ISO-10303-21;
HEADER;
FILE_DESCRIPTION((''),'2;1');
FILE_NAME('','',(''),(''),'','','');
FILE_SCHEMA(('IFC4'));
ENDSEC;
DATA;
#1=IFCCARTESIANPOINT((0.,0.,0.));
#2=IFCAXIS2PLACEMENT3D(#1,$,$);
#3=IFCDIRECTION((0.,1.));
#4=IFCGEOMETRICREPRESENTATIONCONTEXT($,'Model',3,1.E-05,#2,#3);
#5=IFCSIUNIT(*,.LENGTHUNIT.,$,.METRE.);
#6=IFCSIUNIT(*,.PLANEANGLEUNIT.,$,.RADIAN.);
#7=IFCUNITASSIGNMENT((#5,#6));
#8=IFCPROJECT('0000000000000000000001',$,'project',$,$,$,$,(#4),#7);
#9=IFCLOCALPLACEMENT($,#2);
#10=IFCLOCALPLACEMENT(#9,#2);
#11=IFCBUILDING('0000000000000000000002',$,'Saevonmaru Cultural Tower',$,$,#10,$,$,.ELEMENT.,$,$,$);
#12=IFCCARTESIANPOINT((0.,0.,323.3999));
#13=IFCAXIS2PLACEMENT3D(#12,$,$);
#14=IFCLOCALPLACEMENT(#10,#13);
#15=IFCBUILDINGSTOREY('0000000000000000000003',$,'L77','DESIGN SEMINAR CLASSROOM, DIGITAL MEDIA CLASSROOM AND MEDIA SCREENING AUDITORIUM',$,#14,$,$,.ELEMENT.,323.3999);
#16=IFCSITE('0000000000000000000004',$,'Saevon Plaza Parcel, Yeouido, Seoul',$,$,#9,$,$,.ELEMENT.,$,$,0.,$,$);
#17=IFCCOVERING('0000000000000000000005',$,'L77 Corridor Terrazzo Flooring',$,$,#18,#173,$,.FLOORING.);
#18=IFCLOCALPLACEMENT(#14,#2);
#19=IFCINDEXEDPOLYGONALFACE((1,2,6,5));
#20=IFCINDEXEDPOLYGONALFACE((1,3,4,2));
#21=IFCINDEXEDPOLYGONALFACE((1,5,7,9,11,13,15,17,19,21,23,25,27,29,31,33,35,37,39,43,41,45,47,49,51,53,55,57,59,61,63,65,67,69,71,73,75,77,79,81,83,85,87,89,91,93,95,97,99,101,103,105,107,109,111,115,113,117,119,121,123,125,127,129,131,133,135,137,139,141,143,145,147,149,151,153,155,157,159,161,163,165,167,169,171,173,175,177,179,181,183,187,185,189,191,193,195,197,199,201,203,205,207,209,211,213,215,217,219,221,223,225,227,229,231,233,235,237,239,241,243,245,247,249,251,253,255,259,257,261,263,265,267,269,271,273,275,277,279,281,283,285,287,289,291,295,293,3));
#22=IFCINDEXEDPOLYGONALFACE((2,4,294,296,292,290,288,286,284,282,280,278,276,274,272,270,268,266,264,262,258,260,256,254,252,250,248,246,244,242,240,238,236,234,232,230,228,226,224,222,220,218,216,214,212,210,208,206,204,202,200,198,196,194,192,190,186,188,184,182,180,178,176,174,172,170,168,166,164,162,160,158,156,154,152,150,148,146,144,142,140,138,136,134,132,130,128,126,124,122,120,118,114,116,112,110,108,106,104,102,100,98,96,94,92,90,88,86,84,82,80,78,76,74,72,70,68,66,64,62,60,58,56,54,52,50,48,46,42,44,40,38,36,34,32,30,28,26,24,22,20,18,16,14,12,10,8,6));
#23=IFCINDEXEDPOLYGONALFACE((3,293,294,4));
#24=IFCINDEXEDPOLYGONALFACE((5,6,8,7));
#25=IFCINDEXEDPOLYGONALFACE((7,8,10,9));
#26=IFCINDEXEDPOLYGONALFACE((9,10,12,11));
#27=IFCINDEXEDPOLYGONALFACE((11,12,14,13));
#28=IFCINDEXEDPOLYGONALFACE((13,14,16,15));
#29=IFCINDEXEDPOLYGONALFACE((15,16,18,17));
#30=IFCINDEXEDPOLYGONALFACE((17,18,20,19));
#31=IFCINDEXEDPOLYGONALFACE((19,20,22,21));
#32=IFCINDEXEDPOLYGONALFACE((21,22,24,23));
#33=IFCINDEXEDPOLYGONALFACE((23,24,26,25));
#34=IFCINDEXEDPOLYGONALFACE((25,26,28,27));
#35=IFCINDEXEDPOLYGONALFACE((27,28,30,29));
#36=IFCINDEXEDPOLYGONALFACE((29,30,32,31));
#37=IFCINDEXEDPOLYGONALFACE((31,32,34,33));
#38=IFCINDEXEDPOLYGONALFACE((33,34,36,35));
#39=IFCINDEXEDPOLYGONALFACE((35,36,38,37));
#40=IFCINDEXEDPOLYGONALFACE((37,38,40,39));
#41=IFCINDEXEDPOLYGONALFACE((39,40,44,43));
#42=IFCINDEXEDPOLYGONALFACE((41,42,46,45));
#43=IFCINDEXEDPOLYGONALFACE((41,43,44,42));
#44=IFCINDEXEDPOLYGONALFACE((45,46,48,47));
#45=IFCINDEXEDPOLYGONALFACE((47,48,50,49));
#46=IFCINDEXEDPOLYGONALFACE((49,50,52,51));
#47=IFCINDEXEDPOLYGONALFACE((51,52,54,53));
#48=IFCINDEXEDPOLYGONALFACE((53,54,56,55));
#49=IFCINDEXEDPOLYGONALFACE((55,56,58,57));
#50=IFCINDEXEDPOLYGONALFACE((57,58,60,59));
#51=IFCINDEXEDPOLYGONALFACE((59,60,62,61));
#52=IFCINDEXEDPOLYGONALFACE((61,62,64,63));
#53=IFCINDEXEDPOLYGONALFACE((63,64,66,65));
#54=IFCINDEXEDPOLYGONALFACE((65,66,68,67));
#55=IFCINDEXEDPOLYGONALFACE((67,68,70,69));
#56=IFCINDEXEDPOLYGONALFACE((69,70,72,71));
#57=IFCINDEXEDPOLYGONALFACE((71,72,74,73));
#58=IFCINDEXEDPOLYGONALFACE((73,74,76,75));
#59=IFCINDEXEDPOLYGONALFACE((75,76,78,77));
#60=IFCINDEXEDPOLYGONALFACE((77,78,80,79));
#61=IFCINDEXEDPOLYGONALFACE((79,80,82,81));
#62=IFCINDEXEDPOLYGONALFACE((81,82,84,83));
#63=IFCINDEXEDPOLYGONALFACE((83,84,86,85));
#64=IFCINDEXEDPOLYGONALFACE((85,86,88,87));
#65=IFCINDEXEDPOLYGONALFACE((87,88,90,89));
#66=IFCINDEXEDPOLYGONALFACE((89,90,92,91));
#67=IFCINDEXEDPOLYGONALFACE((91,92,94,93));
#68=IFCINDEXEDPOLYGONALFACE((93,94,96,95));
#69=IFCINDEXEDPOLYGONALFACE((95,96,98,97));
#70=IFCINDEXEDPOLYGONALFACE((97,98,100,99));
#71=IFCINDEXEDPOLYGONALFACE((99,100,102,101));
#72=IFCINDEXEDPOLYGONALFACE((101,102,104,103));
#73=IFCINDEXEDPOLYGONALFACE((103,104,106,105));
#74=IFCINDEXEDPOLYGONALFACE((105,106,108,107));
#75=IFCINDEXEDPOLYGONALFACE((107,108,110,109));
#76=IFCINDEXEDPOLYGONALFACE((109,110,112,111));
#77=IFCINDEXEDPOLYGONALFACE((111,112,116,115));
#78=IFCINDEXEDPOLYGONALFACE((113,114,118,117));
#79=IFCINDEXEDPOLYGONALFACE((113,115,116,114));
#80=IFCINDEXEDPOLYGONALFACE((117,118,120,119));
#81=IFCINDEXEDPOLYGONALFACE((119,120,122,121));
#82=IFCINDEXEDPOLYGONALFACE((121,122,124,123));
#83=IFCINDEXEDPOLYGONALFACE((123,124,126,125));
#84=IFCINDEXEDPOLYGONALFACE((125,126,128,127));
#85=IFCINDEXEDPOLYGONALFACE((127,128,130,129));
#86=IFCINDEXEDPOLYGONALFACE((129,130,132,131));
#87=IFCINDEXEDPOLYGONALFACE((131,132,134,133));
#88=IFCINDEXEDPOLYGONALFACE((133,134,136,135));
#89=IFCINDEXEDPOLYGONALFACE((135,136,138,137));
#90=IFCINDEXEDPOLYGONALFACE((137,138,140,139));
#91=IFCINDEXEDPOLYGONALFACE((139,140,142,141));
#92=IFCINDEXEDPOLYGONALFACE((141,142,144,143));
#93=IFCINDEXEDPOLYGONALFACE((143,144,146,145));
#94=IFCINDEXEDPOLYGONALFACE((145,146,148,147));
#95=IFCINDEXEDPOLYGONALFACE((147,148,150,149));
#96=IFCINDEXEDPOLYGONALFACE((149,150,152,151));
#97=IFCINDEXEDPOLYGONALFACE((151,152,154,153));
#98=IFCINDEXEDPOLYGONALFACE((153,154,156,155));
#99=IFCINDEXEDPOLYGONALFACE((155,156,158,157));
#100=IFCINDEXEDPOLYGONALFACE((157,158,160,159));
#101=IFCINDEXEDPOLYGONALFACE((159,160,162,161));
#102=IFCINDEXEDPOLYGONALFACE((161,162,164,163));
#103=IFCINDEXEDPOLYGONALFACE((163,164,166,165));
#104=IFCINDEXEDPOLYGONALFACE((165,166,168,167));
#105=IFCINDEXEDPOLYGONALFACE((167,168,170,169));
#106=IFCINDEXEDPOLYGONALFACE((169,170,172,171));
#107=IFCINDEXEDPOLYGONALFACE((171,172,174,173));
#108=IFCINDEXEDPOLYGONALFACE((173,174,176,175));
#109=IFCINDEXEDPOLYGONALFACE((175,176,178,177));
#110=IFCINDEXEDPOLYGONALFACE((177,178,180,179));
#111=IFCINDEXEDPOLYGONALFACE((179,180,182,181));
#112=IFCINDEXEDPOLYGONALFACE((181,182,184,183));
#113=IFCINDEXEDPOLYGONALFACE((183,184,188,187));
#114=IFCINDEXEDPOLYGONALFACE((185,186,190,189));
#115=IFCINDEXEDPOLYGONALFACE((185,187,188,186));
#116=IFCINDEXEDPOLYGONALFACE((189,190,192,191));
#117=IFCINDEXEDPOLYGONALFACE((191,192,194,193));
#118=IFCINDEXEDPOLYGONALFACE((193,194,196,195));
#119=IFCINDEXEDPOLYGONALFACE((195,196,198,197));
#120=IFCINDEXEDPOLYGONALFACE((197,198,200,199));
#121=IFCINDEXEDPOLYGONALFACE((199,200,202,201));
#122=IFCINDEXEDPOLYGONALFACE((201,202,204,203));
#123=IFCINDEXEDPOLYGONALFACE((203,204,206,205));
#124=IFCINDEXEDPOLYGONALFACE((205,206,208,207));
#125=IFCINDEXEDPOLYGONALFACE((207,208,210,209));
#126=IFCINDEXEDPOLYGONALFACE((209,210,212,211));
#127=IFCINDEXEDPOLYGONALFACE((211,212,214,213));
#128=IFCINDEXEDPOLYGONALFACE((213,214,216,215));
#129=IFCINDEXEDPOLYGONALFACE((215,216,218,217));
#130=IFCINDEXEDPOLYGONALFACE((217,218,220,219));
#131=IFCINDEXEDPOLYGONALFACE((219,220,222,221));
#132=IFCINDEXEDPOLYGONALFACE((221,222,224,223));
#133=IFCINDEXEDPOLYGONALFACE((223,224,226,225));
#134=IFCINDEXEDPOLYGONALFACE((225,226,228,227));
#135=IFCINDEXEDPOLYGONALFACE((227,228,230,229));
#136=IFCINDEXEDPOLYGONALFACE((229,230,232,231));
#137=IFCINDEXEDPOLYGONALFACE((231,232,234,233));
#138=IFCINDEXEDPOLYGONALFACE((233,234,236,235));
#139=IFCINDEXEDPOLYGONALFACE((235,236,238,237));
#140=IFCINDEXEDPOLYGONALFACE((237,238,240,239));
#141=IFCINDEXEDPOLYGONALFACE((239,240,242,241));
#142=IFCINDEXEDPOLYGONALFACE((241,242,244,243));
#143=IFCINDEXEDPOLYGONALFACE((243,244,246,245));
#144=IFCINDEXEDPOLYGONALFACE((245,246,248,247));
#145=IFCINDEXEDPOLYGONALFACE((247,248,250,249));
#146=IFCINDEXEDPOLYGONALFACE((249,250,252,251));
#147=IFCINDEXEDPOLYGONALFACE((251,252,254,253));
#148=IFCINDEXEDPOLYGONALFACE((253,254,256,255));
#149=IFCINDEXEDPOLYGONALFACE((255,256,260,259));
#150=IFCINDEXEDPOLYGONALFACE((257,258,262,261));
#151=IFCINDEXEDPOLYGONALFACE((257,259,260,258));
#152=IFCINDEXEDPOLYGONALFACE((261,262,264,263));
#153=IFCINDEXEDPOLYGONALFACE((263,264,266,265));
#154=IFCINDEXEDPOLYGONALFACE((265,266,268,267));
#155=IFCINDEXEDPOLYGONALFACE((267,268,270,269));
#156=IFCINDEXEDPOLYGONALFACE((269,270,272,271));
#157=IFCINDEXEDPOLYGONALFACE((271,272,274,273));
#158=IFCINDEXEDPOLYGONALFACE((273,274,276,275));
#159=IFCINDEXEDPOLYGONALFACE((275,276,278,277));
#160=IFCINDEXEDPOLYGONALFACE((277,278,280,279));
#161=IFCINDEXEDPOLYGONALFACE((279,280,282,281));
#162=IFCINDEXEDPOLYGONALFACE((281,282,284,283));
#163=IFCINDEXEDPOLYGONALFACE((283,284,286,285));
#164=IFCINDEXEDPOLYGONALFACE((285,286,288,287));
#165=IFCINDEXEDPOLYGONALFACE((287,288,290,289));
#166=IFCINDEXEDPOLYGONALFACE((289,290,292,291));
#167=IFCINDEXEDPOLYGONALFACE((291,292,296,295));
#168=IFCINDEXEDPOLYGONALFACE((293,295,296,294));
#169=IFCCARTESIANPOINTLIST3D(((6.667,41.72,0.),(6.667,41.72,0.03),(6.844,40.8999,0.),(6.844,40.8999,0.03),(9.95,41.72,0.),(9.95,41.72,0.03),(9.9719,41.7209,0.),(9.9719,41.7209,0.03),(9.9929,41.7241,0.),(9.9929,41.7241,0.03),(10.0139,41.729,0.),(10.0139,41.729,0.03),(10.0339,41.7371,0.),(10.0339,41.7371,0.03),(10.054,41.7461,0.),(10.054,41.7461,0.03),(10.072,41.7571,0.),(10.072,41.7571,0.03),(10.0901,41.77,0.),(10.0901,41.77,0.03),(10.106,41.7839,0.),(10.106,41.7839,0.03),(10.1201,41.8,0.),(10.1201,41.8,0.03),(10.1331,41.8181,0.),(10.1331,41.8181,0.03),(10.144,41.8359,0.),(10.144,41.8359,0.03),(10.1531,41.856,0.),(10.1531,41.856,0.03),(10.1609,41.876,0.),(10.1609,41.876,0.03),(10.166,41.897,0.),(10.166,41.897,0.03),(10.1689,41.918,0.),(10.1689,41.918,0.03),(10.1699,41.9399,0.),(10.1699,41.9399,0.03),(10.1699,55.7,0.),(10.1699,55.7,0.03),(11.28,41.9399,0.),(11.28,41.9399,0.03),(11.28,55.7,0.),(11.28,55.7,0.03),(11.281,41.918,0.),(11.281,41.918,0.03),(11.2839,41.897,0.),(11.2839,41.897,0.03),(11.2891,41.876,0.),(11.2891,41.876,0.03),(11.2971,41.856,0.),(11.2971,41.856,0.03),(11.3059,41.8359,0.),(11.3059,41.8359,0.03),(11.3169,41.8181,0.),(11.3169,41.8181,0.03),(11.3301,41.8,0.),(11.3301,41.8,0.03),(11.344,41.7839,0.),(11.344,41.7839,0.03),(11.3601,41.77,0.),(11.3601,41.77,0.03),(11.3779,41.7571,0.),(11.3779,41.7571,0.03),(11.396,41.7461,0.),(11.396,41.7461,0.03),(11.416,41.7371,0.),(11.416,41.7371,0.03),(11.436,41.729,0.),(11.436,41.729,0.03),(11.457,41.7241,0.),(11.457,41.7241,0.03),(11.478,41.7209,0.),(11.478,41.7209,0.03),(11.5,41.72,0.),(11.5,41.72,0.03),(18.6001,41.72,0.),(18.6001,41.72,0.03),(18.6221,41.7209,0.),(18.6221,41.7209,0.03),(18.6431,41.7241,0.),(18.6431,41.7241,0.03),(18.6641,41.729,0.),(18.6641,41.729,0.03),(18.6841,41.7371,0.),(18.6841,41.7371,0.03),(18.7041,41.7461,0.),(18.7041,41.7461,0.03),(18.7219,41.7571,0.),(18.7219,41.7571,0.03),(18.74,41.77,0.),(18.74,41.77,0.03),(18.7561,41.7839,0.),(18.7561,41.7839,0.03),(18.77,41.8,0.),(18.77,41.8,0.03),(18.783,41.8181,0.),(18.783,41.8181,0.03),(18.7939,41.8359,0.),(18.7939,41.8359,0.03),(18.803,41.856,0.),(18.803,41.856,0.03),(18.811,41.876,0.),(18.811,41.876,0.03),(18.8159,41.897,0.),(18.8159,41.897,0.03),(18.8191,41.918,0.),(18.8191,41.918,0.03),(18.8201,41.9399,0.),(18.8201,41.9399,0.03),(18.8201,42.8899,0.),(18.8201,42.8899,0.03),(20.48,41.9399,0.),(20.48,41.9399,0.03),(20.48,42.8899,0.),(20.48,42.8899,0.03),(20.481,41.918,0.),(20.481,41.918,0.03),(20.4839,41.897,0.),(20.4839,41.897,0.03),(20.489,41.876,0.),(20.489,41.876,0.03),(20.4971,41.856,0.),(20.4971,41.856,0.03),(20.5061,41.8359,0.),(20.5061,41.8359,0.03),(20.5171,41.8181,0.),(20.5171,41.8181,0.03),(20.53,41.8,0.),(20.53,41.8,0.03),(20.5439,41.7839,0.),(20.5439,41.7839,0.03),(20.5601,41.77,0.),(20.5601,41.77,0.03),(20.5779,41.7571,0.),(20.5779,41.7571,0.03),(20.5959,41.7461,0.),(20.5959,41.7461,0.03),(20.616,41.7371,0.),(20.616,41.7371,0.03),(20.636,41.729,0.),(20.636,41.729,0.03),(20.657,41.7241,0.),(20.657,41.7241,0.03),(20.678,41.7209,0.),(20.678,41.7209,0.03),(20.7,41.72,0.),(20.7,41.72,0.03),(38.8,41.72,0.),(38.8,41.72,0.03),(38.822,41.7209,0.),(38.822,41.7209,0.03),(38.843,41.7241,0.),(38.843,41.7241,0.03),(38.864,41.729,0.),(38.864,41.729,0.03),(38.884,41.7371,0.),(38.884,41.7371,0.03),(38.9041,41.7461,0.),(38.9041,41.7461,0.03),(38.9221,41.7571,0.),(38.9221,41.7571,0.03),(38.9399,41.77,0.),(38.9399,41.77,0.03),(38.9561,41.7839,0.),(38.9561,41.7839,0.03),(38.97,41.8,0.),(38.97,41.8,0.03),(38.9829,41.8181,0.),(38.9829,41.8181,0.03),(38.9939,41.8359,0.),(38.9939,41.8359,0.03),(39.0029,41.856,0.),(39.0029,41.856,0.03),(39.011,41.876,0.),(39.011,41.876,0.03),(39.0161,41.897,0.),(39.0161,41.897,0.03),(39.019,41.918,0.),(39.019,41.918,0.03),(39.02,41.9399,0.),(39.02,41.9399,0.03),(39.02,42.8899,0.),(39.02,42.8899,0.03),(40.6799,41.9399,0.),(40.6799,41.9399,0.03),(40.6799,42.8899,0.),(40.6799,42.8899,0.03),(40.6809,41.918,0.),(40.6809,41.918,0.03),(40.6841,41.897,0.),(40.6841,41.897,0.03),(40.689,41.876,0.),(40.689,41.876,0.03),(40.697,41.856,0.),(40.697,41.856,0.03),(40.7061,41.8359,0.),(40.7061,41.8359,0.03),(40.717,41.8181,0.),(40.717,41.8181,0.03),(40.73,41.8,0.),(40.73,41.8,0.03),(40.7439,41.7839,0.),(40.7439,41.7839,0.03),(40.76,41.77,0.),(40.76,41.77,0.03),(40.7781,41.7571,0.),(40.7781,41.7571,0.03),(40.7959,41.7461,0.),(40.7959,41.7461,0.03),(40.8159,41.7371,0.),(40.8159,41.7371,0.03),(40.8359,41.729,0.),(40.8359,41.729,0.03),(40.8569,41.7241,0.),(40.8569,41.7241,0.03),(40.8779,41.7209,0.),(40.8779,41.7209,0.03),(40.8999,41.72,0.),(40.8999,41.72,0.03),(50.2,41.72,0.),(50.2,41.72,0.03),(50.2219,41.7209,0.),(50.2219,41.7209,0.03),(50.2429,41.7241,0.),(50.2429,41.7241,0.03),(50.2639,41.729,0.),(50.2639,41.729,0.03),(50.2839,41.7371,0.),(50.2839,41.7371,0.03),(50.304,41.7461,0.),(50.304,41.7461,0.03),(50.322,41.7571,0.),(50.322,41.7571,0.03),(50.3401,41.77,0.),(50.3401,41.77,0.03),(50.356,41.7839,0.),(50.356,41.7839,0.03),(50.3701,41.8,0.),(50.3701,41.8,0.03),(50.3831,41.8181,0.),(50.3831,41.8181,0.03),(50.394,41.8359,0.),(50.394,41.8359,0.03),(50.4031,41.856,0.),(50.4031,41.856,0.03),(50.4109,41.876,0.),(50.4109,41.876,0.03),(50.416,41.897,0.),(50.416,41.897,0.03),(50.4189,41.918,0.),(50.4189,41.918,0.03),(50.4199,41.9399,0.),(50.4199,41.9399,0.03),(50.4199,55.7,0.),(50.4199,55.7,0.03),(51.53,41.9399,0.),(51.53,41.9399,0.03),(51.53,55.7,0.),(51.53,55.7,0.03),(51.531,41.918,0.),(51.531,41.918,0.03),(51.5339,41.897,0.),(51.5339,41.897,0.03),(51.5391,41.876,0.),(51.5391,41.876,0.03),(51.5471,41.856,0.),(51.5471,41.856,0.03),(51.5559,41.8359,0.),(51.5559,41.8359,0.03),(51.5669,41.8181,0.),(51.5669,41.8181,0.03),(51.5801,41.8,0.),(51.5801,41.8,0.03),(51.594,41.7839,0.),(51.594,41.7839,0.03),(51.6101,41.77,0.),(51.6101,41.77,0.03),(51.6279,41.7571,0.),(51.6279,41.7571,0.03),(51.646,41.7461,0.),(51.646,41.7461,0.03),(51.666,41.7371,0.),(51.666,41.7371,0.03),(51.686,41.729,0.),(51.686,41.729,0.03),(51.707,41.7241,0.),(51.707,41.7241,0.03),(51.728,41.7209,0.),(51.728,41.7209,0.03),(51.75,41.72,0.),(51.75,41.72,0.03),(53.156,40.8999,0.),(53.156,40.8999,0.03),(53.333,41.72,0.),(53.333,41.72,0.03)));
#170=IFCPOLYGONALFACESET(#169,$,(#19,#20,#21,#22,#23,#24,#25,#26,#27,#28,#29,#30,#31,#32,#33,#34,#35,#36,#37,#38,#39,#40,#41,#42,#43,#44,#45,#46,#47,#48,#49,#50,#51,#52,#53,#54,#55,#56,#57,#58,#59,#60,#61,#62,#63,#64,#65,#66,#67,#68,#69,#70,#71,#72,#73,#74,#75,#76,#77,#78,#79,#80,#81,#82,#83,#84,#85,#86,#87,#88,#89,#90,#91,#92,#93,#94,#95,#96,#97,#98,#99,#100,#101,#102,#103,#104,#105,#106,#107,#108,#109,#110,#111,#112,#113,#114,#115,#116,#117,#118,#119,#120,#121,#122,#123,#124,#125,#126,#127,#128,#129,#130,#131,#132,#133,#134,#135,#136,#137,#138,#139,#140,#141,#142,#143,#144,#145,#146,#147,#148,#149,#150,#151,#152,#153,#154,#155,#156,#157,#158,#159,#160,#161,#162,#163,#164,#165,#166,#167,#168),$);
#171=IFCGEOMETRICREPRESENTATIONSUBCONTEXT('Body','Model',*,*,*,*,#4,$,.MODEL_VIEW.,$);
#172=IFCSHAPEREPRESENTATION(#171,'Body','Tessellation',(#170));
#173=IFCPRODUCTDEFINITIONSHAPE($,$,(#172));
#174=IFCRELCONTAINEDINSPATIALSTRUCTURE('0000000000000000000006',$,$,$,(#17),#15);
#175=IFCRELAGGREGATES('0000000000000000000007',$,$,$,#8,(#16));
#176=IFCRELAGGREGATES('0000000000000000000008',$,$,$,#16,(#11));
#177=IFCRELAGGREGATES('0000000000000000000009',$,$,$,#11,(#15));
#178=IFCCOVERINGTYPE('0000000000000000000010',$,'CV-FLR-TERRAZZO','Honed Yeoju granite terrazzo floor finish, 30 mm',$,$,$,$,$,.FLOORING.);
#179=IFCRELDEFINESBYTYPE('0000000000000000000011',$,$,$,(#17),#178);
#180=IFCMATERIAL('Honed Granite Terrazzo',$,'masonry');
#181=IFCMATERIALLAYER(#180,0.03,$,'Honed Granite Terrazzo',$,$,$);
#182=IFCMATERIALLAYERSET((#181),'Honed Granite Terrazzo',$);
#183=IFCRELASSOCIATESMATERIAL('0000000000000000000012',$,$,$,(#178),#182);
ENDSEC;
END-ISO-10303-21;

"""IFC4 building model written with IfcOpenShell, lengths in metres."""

from ifc_helpers import new_model, si_unit, direction, frame, origin, place, context, subcontext, project, spatial, polyline, outline, extrude, material, layer, layer_set, type_object, element, save


model = new_model("IFC4")

# Units and contexts
model_context = context("Model", 3, precision=1e-05, world=origin(), true_north=direction((0.0, 1.0)))
body_context = subcontext(model_context, "Body", "Model", "MODEL_VIEW")
ifc_project = project(units=[si_unit("LENGTHUNIT", "METRE"), si_unit("PLANEANGLEUNIT", "RADIAN")], contexts=[model_context])

# Site, building, storey
site_placement = place(None, origin())
site = spatial("IfcSite", under=ifc_project, at=site_placement, Name="Saevon Plaza Parcel, Yeouido, Seoul", CompositionType="ELEMENT", RefElevation=0.0)
building_placement = place(site_placement, origin())
building = spatial("IfcBuilding", under=site, at=building_placement, Name="Saevonmaru Cultural Tower", CompositionType="ELEMENT")
storey_placement = place(building_placement, frame((0.0, 0.0, 323.3999)))
storey = spatial("IfcBuildingStorey", under=building, at=storey_placement, Name="L77", Description="DESIGN SEMINAR CLASSROOM, DIGITAL MEDIA CLASSROOM AND MEDIA SCREENING AUDITORIUM", CompositionType="ELEMENT", Elevation=323.3999)

# Covering
ifc_material_1 = material(Name="Honed Granite Terrazzo", Category="masonry")
ifc_layer_1 = layer(ifc_material_1, 0.03, Name="Honed Granite Terrazzo")
ifc_layer_set_1 = layer_set([ifc_layer_1], Name="Honed Granite Terrazzo")
covering_type_1 = type_object("IfcCoveringType", Name="CV-FLR-TERRAZZO", Description="Honed Yeoju granite terrazzo floor finish, 30 mm", PredefinedType="FLOORING", material=ifc_layer_set_1)
covering_1_placement = place(storey_placement, origin())
element("IfcCovering", 1, at=covering_1_placement, inside=storey, type_object=covering_type_1, Name="L77 Corridor Terrazzo Flooring", PredefinedType="FLOORING", context=body_context, shape_type="SweptSolid", body=[
    extrude(outline(polyline([(6.844, 40.8999), (6.667, 41.72), (9.95, 41.72), (9.9719, 41.7209), (9.9929, 41.7241), (10.0139, 41.729), (10.0339, 41.7371), (10.054, 41.7461), (10.072, 41.7571), (10.0901, 41.77), (10.106, 41.7839), (10.1201, 41.8), (10.1331, 41.8181), (10.144, 41.8359), (10.1531, 41.856), (10.1609, 41.876), (10.166, 41.897), (10.1689, 41.918), (10.1699, 41.9399), (10.1699, 55.7), (11.28, 55.7), (11.28, 41.9399), (11.281, 41.918), (11.2839, 41.897), (11.2891, 41.876), (11.2971, 41.856), (11.3059, 41.8359), (11.3169, 41.8181), (11.3301, 41.8), (11.344, 41.7839), (11.3601, 41.77), (11.3779, 41.7571), (11.396, 41.7461), (11.416, 41.7371), (11.436, 41.729), (11.457, 41.7241), (11.478, 41.7209), (11.5, 41.72), (18.6001, 41.72), (18.6221, 41.7209), (18.6431, 41.7241), (18.6641, 41.729), (18.6841, 41.7371), (18.7041, 41.7461), (18.7219, 41.7571), (18.74, 41.77), (18.7561, 41.7839), (18.77, 41.8), (18.783, 41.8181), (18.7939, 41.8359), (18.803, 41.856), (18.811, 41.876), (18.8159, 41.897), (18.8191, 41.918), (18.8201, 41.9399), (18.8201, 42.8899), (20.48, 42.8899), (20.48, 41.9399), (20.481, 41.918), (20.4839, 41.897), (20.489, 41.876), (20.4971, 41.856), (20.5061, 41.8359), (20.5171, 41.8181), (20.53, 41.8), (20.5439, 41.7839), (20.5601, 41.77), (20.5779, 41.7571), (20.5959, 41.7461), (20.616, 41.7371), (20.636, 41.729), (20.657, 41.7241), (20.678, 41.7209), (20.7, 41.72), (38.8, 41.72), (38.822, 41.7209), (38.843, 41.7241), (38.864, 41.729), (38.884, 41.7371), (38.9041, 41.7461), (38.9221, 41.7571), (38.9399, 41.77), (38.9561, 41.7839), (38.97, 41.8), (38.9829, 41.8181), (38.9939, 41.8359), (39.0029, 41.856), (39.011, 41.876), (39.0161, 41.897), (39.019, 41.918), (39.02, 41.9399), (39.02, 42.8899), (40.6799, 42.8899), (40.6799, 41.9399), (40.6809, 41.918), (40.6841, 41.897), (40.689, 41.876), (40.697, 41.856), (40.7061, 41.8359), (40.717, 41.8181), (40.73, 41.8), (40.7439, 41.7839), (40.76, 41.77), (40.7781, 41.7571), (40.7959, 41.7461), (40.8159, 41.7371), (40.8359, 41.729), (40.8569, 41.7241), (40.8779, 41.7209), (40.8999, 41.72), (50.2, 41.72), (50.2219, 41.7209), (50.2429, 41.7241), (50.2639, 41.729), (50.2839, 41.7371), (50.304, 41.7461), (50.322, 41.7571), (50.3401, 41.77), (50.356, 41.7839), (50.3701, 41.8), (50.3831, 41.8181), (50.394, 41.8359), (50.4031, 41.856), (50.4109, 41.876), (50.416, 41.897), (50.4189, 41.918), (50.4199, 41.9399), (50.4199, 55.7), (51.53, 55.7), (51.53, 41.9399), (51.531, 41.918), (51.5339, 41.897), (51.5391, 41.876), (51.5471, 41.856), (51.5559, 41.8359), (51.5669, 41.8181), (51.5801, 41.8), (51.594, 41.7839), (51.6101, 41.77), (51.6279, 41.7571), (51.646, 41.7461), (51.666, 41.7371), (51.686, 41.729), (51.707, 41.7241), (51.728, 41.7209), (51.75, 41.72), (53.333, 41.72), (53.156, 40.8999), (6.844, 40.8999)])), origin(), (0.0, 0.0, 1.0), 0.03),
])

save(model, "model.ifc")
